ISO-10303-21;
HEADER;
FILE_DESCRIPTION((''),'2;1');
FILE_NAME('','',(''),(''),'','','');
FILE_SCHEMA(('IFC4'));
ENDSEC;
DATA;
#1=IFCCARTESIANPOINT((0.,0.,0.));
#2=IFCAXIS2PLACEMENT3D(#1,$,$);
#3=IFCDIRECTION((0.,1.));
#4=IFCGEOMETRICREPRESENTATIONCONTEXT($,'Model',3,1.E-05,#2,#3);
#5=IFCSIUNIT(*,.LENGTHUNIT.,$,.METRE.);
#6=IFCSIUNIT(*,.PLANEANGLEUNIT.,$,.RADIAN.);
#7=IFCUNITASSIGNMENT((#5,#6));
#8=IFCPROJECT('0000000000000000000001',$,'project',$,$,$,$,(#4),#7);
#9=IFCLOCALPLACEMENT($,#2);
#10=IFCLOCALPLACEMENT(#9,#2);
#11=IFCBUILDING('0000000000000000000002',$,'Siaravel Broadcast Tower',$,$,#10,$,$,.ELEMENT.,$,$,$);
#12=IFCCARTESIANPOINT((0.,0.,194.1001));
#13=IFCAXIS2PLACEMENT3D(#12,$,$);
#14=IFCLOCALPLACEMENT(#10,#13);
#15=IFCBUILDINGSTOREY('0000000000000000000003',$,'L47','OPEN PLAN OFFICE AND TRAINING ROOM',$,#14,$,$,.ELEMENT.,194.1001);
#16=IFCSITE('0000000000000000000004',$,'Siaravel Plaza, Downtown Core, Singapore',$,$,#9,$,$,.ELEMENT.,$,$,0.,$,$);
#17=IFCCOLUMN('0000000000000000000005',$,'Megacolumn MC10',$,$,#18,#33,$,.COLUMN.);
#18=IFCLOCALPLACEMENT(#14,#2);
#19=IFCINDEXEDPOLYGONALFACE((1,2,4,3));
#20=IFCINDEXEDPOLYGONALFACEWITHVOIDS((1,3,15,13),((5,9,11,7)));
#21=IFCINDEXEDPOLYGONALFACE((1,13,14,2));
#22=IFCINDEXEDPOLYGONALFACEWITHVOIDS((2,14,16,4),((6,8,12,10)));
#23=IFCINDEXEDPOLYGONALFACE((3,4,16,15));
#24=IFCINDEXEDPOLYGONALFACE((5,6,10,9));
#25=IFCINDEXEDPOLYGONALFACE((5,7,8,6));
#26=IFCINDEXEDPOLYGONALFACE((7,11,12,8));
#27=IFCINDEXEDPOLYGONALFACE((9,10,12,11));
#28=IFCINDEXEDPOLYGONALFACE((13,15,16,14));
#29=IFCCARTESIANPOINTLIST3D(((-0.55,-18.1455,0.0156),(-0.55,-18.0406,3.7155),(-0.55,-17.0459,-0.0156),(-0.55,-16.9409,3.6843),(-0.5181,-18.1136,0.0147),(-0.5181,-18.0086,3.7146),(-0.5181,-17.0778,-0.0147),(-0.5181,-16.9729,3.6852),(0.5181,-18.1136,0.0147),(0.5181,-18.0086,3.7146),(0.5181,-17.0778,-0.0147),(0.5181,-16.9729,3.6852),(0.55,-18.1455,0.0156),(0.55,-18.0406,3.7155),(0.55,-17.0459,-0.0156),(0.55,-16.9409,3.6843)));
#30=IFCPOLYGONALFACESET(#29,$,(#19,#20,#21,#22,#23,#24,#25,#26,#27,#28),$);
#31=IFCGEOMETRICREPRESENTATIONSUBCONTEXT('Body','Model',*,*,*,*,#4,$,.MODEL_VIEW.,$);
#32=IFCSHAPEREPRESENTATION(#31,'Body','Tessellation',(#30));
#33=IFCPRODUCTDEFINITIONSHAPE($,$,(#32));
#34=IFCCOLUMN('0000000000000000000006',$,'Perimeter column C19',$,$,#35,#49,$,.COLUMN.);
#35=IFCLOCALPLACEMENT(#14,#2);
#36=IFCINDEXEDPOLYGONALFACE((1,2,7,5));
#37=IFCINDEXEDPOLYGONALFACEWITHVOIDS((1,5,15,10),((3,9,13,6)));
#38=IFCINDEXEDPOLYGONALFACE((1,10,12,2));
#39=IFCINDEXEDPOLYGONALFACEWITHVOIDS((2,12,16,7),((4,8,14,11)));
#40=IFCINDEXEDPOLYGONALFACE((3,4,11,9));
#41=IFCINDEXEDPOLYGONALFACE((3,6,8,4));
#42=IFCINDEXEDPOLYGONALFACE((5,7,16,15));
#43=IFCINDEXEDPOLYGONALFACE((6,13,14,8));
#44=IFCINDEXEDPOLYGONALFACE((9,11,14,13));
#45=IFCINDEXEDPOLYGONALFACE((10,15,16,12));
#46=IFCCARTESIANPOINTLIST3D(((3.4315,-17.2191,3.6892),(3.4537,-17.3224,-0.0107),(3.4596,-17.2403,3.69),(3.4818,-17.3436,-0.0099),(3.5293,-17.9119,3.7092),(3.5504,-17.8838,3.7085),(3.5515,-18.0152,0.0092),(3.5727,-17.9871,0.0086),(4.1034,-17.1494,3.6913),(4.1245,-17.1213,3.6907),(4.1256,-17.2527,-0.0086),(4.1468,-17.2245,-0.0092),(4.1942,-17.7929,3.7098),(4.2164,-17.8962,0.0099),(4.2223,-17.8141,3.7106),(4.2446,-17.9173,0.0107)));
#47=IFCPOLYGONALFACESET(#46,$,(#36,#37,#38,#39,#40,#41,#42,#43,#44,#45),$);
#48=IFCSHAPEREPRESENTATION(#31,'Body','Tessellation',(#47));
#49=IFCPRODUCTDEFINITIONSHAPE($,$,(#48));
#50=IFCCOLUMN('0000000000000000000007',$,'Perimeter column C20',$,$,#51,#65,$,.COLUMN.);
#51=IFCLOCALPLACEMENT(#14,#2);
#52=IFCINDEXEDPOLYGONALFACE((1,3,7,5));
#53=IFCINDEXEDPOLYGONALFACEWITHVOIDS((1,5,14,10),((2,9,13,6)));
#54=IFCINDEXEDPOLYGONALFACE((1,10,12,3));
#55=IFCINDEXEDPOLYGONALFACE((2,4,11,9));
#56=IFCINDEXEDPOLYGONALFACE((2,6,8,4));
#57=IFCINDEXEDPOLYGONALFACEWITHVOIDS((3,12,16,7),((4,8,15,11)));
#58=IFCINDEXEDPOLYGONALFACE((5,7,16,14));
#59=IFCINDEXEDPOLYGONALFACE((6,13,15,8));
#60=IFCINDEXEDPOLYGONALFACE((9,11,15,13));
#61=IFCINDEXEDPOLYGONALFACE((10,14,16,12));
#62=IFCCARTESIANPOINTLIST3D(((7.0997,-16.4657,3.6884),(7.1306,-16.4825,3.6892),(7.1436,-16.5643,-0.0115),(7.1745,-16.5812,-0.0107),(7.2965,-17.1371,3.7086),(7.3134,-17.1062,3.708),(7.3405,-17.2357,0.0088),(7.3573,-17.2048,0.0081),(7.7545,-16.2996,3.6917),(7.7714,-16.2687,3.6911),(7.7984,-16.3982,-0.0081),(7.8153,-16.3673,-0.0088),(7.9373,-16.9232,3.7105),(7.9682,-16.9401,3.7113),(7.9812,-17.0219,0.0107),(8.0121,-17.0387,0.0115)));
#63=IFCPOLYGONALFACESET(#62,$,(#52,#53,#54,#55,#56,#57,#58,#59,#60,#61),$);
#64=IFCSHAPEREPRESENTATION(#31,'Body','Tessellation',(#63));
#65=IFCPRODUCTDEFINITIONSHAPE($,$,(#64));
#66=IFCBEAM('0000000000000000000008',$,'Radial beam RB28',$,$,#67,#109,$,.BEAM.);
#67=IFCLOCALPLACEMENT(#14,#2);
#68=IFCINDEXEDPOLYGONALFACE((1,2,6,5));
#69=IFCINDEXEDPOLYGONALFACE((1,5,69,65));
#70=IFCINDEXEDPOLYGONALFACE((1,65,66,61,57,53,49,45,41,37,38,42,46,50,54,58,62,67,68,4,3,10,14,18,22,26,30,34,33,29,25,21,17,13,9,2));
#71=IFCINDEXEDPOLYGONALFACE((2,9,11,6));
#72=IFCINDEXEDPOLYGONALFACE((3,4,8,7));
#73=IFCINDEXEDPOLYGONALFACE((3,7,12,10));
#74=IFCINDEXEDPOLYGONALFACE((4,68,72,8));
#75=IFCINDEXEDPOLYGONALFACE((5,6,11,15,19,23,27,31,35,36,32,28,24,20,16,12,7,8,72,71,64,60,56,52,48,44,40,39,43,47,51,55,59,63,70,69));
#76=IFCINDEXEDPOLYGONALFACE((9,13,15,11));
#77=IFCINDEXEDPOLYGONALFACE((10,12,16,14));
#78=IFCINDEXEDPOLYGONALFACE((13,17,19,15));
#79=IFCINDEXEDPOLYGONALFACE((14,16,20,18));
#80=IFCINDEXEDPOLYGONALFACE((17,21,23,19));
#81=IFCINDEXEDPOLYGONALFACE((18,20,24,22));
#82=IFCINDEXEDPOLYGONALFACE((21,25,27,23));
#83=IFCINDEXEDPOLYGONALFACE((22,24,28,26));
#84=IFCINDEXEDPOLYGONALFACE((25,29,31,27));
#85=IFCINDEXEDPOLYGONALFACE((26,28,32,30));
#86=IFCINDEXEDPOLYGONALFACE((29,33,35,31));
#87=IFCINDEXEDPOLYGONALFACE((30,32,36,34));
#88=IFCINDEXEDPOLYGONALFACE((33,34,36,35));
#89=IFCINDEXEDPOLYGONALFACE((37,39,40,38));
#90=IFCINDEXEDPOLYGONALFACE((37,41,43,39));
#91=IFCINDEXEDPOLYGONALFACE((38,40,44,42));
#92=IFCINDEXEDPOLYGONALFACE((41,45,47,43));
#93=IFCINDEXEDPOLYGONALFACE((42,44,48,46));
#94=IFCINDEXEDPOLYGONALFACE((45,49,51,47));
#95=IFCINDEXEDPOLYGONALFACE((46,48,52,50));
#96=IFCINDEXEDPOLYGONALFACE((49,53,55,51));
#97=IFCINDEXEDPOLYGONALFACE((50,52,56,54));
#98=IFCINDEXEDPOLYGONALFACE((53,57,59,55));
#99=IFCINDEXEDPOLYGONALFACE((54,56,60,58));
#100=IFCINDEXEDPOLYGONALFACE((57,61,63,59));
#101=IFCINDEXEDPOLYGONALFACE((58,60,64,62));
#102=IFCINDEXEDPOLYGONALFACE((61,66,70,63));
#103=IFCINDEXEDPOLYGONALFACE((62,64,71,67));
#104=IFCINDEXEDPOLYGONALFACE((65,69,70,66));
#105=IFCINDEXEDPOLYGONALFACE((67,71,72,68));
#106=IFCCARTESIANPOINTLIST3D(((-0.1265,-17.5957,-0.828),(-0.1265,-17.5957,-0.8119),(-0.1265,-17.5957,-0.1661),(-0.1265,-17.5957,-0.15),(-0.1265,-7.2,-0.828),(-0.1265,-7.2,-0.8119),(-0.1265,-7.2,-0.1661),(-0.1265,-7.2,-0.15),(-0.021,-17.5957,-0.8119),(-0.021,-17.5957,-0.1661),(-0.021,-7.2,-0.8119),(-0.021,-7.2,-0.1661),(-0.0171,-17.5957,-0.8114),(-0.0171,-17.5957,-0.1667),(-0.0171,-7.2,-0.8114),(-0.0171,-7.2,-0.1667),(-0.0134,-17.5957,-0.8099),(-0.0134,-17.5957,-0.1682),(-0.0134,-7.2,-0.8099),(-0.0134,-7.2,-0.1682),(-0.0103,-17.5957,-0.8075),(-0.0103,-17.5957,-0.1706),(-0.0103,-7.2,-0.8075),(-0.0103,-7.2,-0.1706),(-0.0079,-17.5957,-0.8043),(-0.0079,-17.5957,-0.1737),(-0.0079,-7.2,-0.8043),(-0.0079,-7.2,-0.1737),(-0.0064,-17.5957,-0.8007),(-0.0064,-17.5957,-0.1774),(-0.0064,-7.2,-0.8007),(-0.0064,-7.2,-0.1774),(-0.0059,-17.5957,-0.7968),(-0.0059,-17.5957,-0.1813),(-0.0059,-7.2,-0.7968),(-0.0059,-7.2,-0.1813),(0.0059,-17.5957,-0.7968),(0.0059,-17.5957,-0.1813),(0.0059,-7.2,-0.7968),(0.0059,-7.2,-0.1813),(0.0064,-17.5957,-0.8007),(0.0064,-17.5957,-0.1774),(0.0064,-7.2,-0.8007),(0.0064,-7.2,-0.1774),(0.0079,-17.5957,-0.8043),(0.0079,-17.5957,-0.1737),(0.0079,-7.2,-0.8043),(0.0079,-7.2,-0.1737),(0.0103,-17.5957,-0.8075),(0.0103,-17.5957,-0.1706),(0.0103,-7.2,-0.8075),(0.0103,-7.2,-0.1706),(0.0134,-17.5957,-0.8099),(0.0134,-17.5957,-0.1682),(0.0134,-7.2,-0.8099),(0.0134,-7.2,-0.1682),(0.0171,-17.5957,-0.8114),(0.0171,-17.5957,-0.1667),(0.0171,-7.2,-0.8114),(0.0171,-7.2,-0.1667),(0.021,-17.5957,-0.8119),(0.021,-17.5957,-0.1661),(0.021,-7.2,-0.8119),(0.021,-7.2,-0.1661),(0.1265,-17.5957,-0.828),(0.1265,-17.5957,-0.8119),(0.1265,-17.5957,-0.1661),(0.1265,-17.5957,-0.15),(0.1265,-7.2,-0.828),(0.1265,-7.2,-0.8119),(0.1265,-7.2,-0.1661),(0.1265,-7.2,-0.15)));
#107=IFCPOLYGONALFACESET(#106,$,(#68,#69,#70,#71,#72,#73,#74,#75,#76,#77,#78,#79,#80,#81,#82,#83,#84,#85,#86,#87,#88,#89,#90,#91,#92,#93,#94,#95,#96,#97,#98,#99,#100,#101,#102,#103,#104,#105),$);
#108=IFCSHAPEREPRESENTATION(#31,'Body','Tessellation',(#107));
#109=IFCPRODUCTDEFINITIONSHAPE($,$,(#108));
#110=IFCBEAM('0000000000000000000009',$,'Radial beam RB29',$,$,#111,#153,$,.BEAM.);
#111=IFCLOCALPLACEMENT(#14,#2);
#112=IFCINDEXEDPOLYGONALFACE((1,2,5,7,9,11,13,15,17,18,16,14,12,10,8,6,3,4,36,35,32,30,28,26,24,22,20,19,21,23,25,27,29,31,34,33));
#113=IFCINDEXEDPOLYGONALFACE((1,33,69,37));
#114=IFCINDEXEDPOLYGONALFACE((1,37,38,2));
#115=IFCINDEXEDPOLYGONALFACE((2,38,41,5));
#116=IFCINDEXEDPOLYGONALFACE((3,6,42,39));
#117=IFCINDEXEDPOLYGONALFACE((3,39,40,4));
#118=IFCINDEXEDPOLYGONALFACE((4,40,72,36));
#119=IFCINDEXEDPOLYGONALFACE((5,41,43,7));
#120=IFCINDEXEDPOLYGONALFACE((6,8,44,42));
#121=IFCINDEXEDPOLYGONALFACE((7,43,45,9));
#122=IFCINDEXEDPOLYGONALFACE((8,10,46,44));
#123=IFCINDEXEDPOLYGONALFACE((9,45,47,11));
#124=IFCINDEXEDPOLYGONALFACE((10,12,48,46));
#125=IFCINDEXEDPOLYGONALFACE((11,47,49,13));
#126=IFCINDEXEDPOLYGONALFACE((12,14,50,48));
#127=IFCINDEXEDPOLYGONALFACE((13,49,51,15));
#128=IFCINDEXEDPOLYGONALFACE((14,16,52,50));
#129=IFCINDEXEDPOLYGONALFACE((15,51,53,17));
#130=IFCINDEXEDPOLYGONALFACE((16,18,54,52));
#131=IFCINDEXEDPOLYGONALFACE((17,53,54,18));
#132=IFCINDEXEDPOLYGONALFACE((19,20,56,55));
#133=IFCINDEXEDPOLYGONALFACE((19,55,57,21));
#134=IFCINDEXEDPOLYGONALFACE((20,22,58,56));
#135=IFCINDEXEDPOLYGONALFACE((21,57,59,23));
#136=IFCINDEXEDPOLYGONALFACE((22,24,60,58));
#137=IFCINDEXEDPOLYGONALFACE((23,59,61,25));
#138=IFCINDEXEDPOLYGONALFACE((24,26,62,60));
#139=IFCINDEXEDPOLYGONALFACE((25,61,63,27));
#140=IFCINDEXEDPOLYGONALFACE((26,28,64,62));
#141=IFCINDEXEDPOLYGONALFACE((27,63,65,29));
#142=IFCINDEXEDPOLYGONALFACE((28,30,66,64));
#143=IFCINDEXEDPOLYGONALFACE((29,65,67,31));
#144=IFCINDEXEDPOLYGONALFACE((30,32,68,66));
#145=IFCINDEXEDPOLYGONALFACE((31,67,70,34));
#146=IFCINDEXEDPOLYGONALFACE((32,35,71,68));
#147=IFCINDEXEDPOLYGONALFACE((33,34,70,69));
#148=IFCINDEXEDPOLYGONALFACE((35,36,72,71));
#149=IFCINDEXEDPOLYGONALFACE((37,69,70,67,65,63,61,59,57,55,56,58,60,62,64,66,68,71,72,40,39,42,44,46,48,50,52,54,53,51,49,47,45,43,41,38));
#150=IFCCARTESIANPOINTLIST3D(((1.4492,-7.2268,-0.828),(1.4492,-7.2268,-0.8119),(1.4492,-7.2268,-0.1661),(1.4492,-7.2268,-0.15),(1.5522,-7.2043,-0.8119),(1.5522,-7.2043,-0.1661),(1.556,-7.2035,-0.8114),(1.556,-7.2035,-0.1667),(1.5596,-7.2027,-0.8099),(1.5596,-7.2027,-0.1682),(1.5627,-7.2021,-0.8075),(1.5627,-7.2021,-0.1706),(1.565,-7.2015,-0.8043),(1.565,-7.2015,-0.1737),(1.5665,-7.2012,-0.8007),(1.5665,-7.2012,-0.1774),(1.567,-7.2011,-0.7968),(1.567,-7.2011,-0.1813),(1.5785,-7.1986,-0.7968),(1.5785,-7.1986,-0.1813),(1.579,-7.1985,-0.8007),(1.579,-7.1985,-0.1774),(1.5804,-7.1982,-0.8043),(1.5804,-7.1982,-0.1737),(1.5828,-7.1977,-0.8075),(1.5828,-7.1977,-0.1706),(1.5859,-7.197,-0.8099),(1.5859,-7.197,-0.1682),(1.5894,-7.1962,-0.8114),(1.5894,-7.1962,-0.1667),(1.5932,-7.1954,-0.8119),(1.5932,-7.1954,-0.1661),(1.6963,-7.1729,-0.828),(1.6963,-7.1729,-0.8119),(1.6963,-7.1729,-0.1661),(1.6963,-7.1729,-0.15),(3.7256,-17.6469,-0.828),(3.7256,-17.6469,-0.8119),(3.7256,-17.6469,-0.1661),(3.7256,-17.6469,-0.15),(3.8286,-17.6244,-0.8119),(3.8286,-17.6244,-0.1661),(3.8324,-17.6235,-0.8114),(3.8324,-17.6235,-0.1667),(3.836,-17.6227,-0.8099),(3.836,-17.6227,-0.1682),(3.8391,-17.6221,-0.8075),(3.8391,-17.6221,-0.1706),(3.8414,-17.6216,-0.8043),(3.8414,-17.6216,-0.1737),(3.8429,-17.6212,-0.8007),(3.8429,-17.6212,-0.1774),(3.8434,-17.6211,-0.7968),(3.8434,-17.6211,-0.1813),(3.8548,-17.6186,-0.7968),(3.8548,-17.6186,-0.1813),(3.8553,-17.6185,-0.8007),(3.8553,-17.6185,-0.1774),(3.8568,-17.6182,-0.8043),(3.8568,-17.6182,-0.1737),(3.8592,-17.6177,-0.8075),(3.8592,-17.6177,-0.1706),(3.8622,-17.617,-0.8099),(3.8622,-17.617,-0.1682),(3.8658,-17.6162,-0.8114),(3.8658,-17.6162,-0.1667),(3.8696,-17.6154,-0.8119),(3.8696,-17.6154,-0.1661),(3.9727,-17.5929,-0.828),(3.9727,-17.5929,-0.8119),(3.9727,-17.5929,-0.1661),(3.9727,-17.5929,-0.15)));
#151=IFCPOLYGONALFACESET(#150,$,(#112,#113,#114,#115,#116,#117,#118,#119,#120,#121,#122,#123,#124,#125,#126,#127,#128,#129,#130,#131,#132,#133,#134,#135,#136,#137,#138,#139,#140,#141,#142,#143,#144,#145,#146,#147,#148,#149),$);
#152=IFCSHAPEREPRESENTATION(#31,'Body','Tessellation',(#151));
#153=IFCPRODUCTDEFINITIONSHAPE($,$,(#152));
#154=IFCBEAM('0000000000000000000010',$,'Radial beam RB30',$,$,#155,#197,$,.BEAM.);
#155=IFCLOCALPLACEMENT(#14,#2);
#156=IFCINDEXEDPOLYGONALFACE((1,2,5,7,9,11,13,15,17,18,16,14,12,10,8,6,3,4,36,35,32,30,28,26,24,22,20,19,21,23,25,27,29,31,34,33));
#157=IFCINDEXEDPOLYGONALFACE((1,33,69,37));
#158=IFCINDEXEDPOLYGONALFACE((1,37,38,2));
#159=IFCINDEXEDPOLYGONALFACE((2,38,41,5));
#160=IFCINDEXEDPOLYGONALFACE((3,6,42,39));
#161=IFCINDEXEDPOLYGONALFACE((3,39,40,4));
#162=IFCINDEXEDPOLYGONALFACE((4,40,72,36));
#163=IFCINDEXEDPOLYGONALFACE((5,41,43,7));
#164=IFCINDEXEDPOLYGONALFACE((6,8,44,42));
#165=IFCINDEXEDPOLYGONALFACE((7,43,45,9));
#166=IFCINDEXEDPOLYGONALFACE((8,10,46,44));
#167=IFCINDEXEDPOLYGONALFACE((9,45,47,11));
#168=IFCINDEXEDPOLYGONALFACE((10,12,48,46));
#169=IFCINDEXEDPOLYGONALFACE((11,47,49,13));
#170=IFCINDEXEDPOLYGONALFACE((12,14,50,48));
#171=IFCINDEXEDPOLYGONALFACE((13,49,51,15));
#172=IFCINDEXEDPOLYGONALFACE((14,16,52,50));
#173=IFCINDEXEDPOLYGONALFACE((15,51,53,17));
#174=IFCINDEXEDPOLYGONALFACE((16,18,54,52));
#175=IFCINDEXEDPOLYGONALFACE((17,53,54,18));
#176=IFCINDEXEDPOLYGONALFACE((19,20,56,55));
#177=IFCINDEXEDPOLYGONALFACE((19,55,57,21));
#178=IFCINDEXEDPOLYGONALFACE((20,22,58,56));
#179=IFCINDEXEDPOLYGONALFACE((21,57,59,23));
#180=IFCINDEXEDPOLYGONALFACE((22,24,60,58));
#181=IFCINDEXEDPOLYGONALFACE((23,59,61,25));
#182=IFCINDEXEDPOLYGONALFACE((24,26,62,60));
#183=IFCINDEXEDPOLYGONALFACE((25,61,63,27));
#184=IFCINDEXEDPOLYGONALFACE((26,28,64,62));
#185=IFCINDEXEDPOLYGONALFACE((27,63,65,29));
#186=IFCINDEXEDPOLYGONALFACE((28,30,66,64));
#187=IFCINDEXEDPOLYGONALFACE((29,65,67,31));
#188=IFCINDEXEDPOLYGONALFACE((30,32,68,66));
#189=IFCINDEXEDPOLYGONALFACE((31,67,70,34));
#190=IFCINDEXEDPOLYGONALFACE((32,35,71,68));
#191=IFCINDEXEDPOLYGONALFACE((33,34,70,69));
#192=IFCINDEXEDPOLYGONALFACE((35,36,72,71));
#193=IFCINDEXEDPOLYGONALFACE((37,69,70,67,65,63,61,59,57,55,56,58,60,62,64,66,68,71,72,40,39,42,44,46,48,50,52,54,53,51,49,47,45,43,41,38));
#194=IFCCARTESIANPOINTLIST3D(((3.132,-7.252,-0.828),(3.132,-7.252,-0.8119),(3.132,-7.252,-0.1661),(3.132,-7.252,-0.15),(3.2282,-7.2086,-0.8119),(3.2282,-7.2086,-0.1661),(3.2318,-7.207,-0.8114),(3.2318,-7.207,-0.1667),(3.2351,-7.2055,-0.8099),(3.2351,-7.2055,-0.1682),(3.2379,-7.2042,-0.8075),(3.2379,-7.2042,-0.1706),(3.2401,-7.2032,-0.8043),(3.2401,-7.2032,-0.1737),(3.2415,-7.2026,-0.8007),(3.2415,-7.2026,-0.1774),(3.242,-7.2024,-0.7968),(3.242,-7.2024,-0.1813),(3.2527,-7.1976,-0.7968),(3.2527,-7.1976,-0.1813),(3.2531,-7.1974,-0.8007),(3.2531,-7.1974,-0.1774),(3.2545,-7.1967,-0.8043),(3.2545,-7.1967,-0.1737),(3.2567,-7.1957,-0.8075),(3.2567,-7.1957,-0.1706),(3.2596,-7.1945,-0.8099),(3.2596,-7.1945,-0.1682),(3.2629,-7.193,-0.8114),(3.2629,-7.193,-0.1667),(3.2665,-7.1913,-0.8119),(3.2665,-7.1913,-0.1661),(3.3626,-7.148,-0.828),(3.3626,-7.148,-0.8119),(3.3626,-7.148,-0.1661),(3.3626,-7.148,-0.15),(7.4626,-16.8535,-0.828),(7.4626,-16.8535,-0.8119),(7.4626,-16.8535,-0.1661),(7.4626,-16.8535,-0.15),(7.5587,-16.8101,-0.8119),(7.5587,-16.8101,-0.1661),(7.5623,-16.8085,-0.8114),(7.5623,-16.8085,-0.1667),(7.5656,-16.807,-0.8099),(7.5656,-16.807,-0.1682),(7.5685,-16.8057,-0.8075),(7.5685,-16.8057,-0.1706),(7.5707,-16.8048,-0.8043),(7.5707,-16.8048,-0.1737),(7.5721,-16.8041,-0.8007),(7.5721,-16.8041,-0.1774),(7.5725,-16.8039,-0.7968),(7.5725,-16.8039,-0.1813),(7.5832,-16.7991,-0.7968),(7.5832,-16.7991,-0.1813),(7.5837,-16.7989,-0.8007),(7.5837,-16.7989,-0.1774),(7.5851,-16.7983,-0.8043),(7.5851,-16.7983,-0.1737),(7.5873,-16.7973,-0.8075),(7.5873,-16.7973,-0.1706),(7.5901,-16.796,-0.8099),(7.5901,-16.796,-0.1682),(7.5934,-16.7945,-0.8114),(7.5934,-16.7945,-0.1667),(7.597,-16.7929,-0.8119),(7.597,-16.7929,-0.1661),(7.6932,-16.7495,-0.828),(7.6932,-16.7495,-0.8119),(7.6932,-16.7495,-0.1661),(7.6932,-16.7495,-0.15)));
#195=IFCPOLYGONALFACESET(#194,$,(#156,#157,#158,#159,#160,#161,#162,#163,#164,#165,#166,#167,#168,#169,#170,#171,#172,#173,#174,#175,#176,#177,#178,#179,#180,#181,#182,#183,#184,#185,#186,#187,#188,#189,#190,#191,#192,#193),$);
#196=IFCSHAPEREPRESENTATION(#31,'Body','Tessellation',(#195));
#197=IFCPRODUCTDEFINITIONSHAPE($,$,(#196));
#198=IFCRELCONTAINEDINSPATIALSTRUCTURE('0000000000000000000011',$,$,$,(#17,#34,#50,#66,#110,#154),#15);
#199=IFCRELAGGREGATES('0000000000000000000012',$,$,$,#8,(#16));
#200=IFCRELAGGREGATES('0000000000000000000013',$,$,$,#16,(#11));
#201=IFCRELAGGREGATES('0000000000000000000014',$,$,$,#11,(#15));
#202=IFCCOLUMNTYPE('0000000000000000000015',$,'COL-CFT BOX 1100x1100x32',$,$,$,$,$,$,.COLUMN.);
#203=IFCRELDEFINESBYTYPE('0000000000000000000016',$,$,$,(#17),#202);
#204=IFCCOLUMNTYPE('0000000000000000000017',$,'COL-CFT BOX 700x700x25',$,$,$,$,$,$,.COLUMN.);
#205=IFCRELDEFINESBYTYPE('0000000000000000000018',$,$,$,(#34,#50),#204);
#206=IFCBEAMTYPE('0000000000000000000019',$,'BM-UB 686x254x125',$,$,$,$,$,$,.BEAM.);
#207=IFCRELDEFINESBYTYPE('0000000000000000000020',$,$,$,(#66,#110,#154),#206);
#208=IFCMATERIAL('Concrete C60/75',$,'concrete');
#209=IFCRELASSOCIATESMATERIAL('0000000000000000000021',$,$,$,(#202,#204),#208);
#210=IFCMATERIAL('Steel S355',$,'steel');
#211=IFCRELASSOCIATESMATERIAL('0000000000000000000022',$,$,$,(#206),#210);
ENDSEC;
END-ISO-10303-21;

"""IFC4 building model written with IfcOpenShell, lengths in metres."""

from ifc_helpers import new_model, si_unit, direction, frame, origin, origin_2d, place, context, subcontext, project, spatial, hollow_rectangle, i_section, extrude, material, material_profile, profile_set, type_object, element, save


model = new_model("IFC4")

# Units and contexts
model_context = context("Model", 3, precision=1e-05, world=origin(), true_north=direction((0.0, 1.0)))
body_context = subcontext(model_context, "Body", "Model", "MODEL_VIEW")
ifc_project = project(units=[si_unit("LENGTHUNIT", "METRE"), si_unit("PLANEANGLEUNIT", "RADIAN")], contexts=[model_context])

# Site, building, storey
site_placement = place(None, origin())
site = spatial("IfcSite", under=ifc_project, at=site_placement, Name="Siaravel Plaza, Downtown Core, Singapore", CompositionType="ELEMENT", RefElevation=0.0)
building_placement = place(site_placement, origin())
building = spatial("IfcBuilding", under=site, at=building_placement, Name="Siaravel Broadcast Tower", CompositionType="ELEMENT")
storey_placement = place(building_placement, frame((0.0, 0.0, 194.1001)))
storey = spatial("IfcBuildingStorey", under=building, at=storey_placement, Name="L47", Description="OPEN PLAN OFFICE AND TRAINING ROOM", CompositionType="ELEMENT", Elevation=194.1001)

# Columns
ifc_material_1 = material(Name="Concrete C60/75", Category="concrete")
ifc_material_profile_1 = material_profile(ifc_material_1, hollow_rectangle(XDim=1.1001, YDim=1.1001, WallThickness=0.032, at=origin_2d()))
ifc_profile_set_1 = profile_set([ifc_material_profile_1], Name="Concrete C60/75")
column_type_1 = type_object("IfcColumnType", Name="COL-CFT BOX 1100x1100x32", PredefinedType="COLUMN", material=ifc_profile_set_1)
column_placement = place(storey_placement, frame((0.0, -17.5957, 0.0), z_axis=(0.0, 0.028362, 0.999598), x_axis=(-1.0, 0.0, 0.0)))
element("IfcColumn", 1, at=column_placement, inside=storey, type_object=column_type_1, Name="Megacolumn MC10", PredefinedType="COLUMN", context=body_context, shape_type="SweptSolid", body=[
    extrude(hollow_rectangle(XDim=1.1001, YDim=1.1001, WallThickness=0.032, at=origin_2d()), origin(), (0.0, 0.0, 1.0), 3.7014),
])
ifc_material_profile_2 = material_profile(ifc_material_1, hollow_rectangle(XDim=0.7, YDim=0.7, WallThickness=0.0249, at=origin_2d()))
ifc_profile_set_2 = profile_set([ifc_material_profile_2], Name="Concrete C60/75")
column_type_2 = type_object("IfcColumnType", Name="COL-CFT BOX 700x700x25", PredefinedType="COLUMN", material=ifc_profile_set_2)
for number, where, z_axis, x_axis, name in (
    (2, (3.8491, -17.6199, 0.0), (-0.006002, 0.0279, 0.999593), (-0.990172, -0.139841, -0.002042), "Perimeter column C19"),
    (3, (7.5779, -16.8015, 0.0), (-0.011872, 0.026647, 0.999574), (-0.959585, -0.28139, -0.003896), "Perimeter column C20"),
):
    element("IfcColumn", number, at=place(storey_placement, frame(where, z_axis=z_axis, x_axis=x_axis)), inside=storey, type_object=column_type_2, Name=name, PredefinedType="COLUMN", context=body_context, shape_type="SweptSolid", body=[
        extrude(hollow_rectangle(XDim=0.7, YDim=0.7, WallThickness=0.0249, at=origin_2d()), origin(), (0.0, 0.0, 1.0), 3.7014),
    ])

# Beams
ifc_material_2 = material(Name="Steel S355", Category="steel")
ifc_material_profile_3 = material_profile(ifc_material_2, i_section(OverallWidth=0.2529, OverallDepth=0.678, WebThickness=0.0117, FlangeThickness=0.0161, FilletRadius=0.0151, at=origin_2d()))
ifc_profile_set_3 = profile_set([ifc_material_profile_3], Name="Steel S355")
beam_type = type_object("IfcBeamType", Name="BM-UB 686x254x125", PredefinedType="BEAM", material=ifc_profile_set_3)
beam_1_placement = place(storey_placement, frame((0.0, -17.5957, -0.489), z_axis=(0.0, 1.0, 0.0), x_axis=(-1.0, 0.0, 0.0)))
element("IfcBeam", 4, at=beam_1_placement, inside=storey, type_object=beam_type, Name="Radial beam RB28", PredefinedType="BEAM", context=body_context, shape_type="SweptSolid", body=[
    extrude(i_section(OverallWidth=0.2529, OverallDepth=0.678, WebThickness=0.0117, FlangeThickness=0.0161, FilletRadius=0.0151, at=origin_2d()), origin(), (0.0, 0.0, 1.0), 10.3958),
])
beam_2_placement = place(storey_placement, frame((3.8491, -17.6199, -0.489), z_axis=(-0.213429, 0.976959, 0.0), x_axis=(-0.976959, -0.213429, 0.0)))
element("IfcBeam", 5, at=beam_2_placement, inside=storey, type_object=beam_type, Name="Radial beam RB29", PredefinedType="BEAM", context=body_context, shape_type="SweptSolid", body=[
    extrude(i_section(OverallWidth=0.2529, OverallDepth=0.678, WebThickness=0.0117, FlangeThickness=0.0161, FilletRadius=0.0151, at=origin_2d()), origin(), (0.0, 0.0, 1.0), 10.6658),
])
beam_3_placement = place(storey_placement, frame((7.5779, -16.8015, -0.489), z_axis=(-0.411143, 0.911571, 0.0), x_axis=(-0.911571, -0.411143, 0.0)))
element("IfcBeam", 6, at=beam_3_placement, inside=storey, type_object=beam_type, Name="Radial beam RB30", PredefinedType="BEAM", context=body_context, shape_type="SweptSolid", body=[
    extrude(i_section(OverallWidth=0.2529, OverallDepth=0.678, WebThickness=0.0117, FlangeThickness=0.0161, FilletRadius=0.0151, at=origin_2d()), origin(), (0.0, 0.0, 1.0), 10.533),
])

save(model, "model.ifc")
